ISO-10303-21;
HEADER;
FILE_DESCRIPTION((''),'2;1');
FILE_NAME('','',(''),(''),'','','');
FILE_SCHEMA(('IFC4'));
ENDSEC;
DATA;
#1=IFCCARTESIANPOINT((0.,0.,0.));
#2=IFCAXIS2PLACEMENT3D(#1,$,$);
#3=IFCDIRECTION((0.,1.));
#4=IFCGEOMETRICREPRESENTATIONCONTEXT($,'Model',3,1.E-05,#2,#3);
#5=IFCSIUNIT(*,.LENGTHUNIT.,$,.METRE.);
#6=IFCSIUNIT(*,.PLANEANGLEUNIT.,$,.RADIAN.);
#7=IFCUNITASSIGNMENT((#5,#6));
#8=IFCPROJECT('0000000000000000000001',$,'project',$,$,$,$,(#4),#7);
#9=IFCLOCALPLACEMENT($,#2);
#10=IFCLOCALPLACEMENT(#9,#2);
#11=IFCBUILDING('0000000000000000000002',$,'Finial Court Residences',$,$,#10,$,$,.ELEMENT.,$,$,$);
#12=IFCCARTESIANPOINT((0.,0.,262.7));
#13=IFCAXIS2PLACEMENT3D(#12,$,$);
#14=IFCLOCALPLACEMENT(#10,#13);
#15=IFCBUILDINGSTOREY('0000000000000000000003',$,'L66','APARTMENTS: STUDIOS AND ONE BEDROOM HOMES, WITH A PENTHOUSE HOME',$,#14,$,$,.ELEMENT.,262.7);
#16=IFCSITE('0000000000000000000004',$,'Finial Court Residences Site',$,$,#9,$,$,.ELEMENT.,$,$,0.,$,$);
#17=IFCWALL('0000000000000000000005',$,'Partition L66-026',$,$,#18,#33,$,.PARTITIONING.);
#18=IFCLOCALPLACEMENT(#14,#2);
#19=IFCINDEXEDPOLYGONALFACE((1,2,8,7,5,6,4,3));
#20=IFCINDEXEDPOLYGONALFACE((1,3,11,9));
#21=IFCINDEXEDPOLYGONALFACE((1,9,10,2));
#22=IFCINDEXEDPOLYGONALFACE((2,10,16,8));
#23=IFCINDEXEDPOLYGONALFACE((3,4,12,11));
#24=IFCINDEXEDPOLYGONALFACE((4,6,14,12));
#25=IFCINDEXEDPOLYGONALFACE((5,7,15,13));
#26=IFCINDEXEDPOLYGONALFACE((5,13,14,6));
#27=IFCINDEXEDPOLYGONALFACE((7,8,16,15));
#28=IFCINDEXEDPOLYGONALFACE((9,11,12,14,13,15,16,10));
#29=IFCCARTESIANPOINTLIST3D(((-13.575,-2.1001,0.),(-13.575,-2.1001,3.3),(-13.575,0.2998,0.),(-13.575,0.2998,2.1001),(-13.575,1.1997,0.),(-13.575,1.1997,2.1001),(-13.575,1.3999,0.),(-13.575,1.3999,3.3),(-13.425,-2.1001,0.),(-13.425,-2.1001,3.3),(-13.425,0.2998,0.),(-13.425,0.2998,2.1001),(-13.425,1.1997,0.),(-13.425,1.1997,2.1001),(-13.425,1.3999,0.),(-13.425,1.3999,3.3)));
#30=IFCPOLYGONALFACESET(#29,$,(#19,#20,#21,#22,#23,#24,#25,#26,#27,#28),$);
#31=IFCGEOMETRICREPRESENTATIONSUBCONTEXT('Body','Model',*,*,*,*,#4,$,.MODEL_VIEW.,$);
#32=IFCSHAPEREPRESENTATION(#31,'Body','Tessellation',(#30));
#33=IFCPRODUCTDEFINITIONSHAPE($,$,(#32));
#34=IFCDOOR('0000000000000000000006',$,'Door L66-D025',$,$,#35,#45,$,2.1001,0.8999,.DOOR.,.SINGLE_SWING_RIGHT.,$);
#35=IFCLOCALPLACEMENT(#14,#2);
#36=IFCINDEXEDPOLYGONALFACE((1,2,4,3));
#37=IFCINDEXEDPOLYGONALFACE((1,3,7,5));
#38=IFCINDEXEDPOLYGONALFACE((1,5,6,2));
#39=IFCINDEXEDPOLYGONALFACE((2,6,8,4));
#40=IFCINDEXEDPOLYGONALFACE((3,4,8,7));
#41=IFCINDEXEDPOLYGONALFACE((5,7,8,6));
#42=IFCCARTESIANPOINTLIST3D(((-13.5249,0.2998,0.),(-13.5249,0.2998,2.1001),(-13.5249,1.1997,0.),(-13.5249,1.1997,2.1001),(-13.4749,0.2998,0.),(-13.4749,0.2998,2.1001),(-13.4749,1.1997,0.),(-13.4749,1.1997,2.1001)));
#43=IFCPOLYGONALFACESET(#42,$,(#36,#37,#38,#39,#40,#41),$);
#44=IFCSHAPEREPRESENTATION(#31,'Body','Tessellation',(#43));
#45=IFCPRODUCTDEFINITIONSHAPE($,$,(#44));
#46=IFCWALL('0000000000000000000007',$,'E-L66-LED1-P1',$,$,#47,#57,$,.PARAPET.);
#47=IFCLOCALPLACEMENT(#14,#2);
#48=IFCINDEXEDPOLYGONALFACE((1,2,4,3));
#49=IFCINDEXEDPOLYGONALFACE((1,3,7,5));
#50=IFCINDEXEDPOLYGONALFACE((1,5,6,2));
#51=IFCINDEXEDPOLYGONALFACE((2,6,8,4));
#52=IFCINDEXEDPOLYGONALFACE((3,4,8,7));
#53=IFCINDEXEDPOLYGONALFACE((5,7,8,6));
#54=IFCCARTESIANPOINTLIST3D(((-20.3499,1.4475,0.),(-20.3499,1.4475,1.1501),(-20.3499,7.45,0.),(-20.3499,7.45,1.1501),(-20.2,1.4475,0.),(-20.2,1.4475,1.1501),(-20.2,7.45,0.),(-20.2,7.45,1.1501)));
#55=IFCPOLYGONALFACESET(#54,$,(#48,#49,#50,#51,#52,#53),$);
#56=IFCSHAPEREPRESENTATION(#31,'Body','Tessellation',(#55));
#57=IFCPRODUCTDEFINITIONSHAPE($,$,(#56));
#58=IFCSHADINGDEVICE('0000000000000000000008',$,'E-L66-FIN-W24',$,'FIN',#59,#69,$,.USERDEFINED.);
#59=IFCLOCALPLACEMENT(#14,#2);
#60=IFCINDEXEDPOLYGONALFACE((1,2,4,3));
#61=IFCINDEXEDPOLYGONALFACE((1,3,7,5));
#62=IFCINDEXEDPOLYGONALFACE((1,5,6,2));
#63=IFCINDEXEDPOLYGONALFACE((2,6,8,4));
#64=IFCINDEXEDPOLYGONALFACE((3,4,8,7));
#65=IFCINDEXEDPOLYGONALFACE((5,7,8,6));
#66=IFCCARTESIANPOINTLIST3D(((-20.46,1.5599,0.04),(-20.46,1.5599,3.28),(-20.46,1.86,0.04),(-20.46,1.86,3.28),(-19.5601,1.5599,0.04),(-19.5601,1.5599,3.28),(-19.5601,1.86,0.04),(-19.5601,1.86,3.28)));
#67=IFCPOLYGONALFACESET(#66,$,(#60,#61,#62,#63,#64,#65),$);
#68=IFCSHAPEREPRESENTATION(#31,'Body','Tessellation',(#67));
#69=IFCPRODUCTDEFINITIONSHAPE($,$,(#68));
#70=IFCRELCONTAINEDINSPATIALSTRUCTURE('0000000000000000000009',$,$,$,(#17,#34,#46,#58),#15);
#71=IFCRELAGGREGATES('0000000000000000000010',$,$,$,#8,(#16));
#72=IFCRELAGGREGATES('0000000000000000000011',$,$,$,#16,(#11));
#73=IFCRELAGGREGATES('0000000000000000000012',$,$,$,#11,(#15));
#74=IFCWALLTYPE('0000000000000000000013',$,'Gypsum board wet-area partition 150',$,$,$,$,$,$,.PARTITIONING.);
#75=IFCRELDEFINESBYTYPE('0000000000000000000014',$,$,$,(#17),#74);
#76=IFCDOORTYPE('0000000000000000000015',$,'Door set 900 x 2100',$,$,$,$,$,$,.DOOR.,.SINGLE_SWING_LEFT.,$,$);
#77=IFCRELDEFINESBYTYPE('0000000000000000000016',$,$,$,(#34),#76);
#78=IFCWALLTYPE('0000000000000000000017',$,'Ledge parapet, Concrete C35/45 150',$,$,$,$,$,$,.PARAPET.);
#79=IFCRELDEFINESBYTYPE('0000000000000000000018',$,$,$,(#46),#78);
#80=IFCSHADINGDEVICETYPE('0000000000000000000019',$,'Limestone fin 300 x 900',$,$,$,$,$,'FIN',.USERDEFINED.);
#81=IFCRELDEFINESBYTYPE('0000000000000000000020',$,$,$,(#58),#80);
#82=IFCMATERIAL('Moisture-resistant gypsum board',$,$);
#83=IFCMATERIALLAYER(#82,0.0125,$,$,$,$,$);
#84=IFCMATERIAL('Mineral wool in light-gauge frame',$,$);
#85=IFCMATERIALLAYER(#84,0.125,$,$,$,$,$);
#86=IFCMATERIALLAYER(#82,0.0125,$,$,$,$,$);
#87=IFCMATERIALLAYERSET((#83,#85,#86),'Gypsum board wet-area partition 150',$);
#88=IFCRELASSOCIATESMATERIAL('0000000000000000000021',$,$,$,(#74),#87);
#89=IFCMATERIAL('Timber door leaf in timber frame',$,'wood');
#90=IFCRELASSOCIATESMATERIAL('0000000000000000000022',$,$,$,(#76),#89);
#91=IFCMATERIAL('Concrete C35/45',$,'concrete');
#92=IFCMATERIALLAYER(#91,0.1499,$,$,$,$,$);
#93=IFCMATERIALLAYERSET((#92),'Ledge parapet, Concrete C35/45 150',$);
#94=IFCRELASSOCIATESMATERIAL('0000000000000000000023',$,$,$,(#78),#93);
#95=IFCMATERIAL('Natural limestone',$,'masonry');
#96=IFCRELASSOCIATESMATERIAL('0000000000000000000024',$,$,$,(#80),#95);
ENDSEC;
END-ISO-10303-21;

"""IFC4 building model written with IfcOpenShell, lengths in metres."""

from ifc_helpers import new_model, si_unit, direction, frame, frame_2d, origin, origin_2d, place, context, subcontext, project, spatial, rectangle, extrude, material, layer, layer_set, type_object, element, fill, save


model = new_model("IFC4")

# Units and contexts
model_context = context("Model", 3, precision=1e-05, world=origin(), true_north=direction((0.0, 1.0)))
body_context = subcontext(model_context, "Body", "Model", "MODEL_VIEW")
ifc_project = project(units=[si_unit("LENGTHUNIT", "METRE"), si_unit("PLANEANGLEUNIT", "RADIAN")], contexts=[model_context])

# Site, building, storey
site_placement = place(None, origin())
site = spatial("IfcSite", under=ifc_project, at=site_placement, Name="Finial Court Residences Site", CompositionType="ELEMENT", RefElevation=0.0)
building_placement = place(site_placement, origin())
building = spatial("IfcBuilding", under=site, at=building_placement, Name="Finial Court Residences", CompositionType="ELEMENT")
storey_placement = place(building_placement, frame((0.0, 0.0, 262.7)))
storey = spatial("IfcBuildingStorey", under=building, at=storey_placement, Name="L66", Description="APARTMENTS: STUDIOS AND ONE BEDROOM HOMES, WITH A PENTHOUSE HOME", CompositionType="ELEMENT", Elevation=262.7)

# Shared definitions
ifc_material_1 = material(Name="Mineral wool in light-gauge frame")

# Shared definitions
ifc_material_2 = material(Name="Moisture-resistant gypsum board")
ifc_layer_1 = layer(ifc_material_2, 0.0125)
ifc_layer_2 = layer(ifc_material_1, 0.125)
ifc_layer_3 = layer(ifc_material_2, 0.0125)
ifc_layer_set_1 = layer_set([ifc_layer_1, ifc_layer_2, ifc_layer_3], Name="Gypsum board wet-area partition 150")
wall_type_1 = type_object("IfcWallType", Name="Gypsum board wet-area partition 150", PredefinedType="PARTITIONING", material=ifc_layer_set_1)
ifc_material_3 = material(Name="Timber door leaf in timber frame", Category="wood")
door_type_1 = type_object("IfcDoorType", Name="Door set 900 x 2100", OperationType="SINGLE_SWING_LEFT", PredefinedType="DOOR", material=ifc_material_3)

# Wall, opening, door
wall_1_placement = place(storey_placement, frame((-13.5, -2.1001, 0.0), z_axis=(0.0, 0.0, 1.0), x_axis=(0.0, 1.0, 0.0)))
wall_1 = element("IfcWall", 1, at=wall_1_placement, inside=storey, type_object=wall_type_1, Name="Partition L66-026", PredefinedType="PARTITIONING", context=body_context, shape_type="SweptSolid", body=[
    extrude(rectangle(XDim=3.5, YDim=0.1499, at=frame_2d((1.75, 0.0))), origin(), (0.0, 0.0, 1.0), 3.3),
])
opening_1_placement = place(wall_1_placement, frame((2.3999, 0.0, 0.0)))
opening_1 = element("IfcOpeningElement", 2, at=opening_1_placement, cuts=wall_1, PredefinedType="OPENING", context=body_context, shape_type="SweptSolid", body=[
    extrude(rectangle(XDim=0.8999, YDim=2.1001, at=frame_2d((0.45, 1.05))), frame((0.0, 0.085, 0.0), z_axis=(0.0, -1.0, 0.0), x_axis=(1.0, 0.0, 0.0)), (0.0, 0.0, 1.0), 0.1699),
])
door_1_placement = place(opening_1_placement, origin())
door_1 = element("IfcDoor", 3, at=door_1_placement, inside=storey, type_object=door_type_1, Name="Door L66-D025", OperationType="SINGLE_SWING_RIGHT", OverallHeight=2.1001, OverallWidth=0.8999, PredefinedType="DOOR", context=body_context, shape_type="SweptSolid", body=[
    extrude(rectangle(XDim=0.8999, YDim=2.1001, at=frame_2d((0.45, 1.05))), frame((0.0, 0.0249, 0.0), z_axis=(0.0, -1.0, 0.0), x_axis=(1.0, 0.0, 0.0)), (0.0, 0.0, 1.0), 0.05),
])
fill(opening_1, door_1)

# Wall
ifc_material_4 = material(Name="Concrete C35/45", Category="concrete")
ifc_layer_4 = layer(ifc_material_4, 0.1499)
ifc_layer_set_2 = layer_set([ifc_layer_4], Name="Ledge parapet, Concrete C35/45 150")
wall_type_2 = type_object("IfcWallType", Name="Ledge parapet, Concrete C35/45 150", PredefinedType="PARAPET", material=ifc_layer_set_2)
wall_2_placement = place(storey_placement, frame((-20.2749, 1.4475, 0.0), z_axis=(0.0, 0.0, 1.0), x_axis=(0.0, 1.0, 0.0)))
element("IfcWall", 4, at=wall_2_placement, inside=storey, type_object=wall_type_2, Name="E-L66-LED1-P1", PredefinedType="PARAPET", context=body_context, shape_type="SweptSolid", body=[
    extrude(rectangle(XDim=6.0024, YDim=0.1499, at=frame_2d((3.0012, 0.0))), origin(), (0.0, 0.0, 1.0), 1.1501),
])

# Shading device
ifc_material_5 = material(Name="Natural limestone", Category="masonry")
shading_device_type = type_object("IfcShadingDeviceType", Name="Limestone fin 300 x 900", ElementType="FIN", PredefinedType="USERDEFINED", material=ifc_material_5)
shading_device_placement = place(storey_placement, frame((-20.01, 1.71, 0.04), z_axis=(0.0, 0.0, 1.0), x_axis=(1.0, 0.0, 0.0)))
element("IfcShadingDevice", 5, at=shading_device_placement, inside=storey, type_object=shading_device_type, Name="E-L66-FIN-W24", ObjectType="FIN", PredefinedType="USERDEFINED", context=body_context, shape_type="SweptSolid", body=[
    extrude(rectangle(XDim=0.8999, YDim=0.3, at=origin_2d()), origin(), (0.0, 0.0, 1.0), 3.24),
])

save(model, "model.ifc")
